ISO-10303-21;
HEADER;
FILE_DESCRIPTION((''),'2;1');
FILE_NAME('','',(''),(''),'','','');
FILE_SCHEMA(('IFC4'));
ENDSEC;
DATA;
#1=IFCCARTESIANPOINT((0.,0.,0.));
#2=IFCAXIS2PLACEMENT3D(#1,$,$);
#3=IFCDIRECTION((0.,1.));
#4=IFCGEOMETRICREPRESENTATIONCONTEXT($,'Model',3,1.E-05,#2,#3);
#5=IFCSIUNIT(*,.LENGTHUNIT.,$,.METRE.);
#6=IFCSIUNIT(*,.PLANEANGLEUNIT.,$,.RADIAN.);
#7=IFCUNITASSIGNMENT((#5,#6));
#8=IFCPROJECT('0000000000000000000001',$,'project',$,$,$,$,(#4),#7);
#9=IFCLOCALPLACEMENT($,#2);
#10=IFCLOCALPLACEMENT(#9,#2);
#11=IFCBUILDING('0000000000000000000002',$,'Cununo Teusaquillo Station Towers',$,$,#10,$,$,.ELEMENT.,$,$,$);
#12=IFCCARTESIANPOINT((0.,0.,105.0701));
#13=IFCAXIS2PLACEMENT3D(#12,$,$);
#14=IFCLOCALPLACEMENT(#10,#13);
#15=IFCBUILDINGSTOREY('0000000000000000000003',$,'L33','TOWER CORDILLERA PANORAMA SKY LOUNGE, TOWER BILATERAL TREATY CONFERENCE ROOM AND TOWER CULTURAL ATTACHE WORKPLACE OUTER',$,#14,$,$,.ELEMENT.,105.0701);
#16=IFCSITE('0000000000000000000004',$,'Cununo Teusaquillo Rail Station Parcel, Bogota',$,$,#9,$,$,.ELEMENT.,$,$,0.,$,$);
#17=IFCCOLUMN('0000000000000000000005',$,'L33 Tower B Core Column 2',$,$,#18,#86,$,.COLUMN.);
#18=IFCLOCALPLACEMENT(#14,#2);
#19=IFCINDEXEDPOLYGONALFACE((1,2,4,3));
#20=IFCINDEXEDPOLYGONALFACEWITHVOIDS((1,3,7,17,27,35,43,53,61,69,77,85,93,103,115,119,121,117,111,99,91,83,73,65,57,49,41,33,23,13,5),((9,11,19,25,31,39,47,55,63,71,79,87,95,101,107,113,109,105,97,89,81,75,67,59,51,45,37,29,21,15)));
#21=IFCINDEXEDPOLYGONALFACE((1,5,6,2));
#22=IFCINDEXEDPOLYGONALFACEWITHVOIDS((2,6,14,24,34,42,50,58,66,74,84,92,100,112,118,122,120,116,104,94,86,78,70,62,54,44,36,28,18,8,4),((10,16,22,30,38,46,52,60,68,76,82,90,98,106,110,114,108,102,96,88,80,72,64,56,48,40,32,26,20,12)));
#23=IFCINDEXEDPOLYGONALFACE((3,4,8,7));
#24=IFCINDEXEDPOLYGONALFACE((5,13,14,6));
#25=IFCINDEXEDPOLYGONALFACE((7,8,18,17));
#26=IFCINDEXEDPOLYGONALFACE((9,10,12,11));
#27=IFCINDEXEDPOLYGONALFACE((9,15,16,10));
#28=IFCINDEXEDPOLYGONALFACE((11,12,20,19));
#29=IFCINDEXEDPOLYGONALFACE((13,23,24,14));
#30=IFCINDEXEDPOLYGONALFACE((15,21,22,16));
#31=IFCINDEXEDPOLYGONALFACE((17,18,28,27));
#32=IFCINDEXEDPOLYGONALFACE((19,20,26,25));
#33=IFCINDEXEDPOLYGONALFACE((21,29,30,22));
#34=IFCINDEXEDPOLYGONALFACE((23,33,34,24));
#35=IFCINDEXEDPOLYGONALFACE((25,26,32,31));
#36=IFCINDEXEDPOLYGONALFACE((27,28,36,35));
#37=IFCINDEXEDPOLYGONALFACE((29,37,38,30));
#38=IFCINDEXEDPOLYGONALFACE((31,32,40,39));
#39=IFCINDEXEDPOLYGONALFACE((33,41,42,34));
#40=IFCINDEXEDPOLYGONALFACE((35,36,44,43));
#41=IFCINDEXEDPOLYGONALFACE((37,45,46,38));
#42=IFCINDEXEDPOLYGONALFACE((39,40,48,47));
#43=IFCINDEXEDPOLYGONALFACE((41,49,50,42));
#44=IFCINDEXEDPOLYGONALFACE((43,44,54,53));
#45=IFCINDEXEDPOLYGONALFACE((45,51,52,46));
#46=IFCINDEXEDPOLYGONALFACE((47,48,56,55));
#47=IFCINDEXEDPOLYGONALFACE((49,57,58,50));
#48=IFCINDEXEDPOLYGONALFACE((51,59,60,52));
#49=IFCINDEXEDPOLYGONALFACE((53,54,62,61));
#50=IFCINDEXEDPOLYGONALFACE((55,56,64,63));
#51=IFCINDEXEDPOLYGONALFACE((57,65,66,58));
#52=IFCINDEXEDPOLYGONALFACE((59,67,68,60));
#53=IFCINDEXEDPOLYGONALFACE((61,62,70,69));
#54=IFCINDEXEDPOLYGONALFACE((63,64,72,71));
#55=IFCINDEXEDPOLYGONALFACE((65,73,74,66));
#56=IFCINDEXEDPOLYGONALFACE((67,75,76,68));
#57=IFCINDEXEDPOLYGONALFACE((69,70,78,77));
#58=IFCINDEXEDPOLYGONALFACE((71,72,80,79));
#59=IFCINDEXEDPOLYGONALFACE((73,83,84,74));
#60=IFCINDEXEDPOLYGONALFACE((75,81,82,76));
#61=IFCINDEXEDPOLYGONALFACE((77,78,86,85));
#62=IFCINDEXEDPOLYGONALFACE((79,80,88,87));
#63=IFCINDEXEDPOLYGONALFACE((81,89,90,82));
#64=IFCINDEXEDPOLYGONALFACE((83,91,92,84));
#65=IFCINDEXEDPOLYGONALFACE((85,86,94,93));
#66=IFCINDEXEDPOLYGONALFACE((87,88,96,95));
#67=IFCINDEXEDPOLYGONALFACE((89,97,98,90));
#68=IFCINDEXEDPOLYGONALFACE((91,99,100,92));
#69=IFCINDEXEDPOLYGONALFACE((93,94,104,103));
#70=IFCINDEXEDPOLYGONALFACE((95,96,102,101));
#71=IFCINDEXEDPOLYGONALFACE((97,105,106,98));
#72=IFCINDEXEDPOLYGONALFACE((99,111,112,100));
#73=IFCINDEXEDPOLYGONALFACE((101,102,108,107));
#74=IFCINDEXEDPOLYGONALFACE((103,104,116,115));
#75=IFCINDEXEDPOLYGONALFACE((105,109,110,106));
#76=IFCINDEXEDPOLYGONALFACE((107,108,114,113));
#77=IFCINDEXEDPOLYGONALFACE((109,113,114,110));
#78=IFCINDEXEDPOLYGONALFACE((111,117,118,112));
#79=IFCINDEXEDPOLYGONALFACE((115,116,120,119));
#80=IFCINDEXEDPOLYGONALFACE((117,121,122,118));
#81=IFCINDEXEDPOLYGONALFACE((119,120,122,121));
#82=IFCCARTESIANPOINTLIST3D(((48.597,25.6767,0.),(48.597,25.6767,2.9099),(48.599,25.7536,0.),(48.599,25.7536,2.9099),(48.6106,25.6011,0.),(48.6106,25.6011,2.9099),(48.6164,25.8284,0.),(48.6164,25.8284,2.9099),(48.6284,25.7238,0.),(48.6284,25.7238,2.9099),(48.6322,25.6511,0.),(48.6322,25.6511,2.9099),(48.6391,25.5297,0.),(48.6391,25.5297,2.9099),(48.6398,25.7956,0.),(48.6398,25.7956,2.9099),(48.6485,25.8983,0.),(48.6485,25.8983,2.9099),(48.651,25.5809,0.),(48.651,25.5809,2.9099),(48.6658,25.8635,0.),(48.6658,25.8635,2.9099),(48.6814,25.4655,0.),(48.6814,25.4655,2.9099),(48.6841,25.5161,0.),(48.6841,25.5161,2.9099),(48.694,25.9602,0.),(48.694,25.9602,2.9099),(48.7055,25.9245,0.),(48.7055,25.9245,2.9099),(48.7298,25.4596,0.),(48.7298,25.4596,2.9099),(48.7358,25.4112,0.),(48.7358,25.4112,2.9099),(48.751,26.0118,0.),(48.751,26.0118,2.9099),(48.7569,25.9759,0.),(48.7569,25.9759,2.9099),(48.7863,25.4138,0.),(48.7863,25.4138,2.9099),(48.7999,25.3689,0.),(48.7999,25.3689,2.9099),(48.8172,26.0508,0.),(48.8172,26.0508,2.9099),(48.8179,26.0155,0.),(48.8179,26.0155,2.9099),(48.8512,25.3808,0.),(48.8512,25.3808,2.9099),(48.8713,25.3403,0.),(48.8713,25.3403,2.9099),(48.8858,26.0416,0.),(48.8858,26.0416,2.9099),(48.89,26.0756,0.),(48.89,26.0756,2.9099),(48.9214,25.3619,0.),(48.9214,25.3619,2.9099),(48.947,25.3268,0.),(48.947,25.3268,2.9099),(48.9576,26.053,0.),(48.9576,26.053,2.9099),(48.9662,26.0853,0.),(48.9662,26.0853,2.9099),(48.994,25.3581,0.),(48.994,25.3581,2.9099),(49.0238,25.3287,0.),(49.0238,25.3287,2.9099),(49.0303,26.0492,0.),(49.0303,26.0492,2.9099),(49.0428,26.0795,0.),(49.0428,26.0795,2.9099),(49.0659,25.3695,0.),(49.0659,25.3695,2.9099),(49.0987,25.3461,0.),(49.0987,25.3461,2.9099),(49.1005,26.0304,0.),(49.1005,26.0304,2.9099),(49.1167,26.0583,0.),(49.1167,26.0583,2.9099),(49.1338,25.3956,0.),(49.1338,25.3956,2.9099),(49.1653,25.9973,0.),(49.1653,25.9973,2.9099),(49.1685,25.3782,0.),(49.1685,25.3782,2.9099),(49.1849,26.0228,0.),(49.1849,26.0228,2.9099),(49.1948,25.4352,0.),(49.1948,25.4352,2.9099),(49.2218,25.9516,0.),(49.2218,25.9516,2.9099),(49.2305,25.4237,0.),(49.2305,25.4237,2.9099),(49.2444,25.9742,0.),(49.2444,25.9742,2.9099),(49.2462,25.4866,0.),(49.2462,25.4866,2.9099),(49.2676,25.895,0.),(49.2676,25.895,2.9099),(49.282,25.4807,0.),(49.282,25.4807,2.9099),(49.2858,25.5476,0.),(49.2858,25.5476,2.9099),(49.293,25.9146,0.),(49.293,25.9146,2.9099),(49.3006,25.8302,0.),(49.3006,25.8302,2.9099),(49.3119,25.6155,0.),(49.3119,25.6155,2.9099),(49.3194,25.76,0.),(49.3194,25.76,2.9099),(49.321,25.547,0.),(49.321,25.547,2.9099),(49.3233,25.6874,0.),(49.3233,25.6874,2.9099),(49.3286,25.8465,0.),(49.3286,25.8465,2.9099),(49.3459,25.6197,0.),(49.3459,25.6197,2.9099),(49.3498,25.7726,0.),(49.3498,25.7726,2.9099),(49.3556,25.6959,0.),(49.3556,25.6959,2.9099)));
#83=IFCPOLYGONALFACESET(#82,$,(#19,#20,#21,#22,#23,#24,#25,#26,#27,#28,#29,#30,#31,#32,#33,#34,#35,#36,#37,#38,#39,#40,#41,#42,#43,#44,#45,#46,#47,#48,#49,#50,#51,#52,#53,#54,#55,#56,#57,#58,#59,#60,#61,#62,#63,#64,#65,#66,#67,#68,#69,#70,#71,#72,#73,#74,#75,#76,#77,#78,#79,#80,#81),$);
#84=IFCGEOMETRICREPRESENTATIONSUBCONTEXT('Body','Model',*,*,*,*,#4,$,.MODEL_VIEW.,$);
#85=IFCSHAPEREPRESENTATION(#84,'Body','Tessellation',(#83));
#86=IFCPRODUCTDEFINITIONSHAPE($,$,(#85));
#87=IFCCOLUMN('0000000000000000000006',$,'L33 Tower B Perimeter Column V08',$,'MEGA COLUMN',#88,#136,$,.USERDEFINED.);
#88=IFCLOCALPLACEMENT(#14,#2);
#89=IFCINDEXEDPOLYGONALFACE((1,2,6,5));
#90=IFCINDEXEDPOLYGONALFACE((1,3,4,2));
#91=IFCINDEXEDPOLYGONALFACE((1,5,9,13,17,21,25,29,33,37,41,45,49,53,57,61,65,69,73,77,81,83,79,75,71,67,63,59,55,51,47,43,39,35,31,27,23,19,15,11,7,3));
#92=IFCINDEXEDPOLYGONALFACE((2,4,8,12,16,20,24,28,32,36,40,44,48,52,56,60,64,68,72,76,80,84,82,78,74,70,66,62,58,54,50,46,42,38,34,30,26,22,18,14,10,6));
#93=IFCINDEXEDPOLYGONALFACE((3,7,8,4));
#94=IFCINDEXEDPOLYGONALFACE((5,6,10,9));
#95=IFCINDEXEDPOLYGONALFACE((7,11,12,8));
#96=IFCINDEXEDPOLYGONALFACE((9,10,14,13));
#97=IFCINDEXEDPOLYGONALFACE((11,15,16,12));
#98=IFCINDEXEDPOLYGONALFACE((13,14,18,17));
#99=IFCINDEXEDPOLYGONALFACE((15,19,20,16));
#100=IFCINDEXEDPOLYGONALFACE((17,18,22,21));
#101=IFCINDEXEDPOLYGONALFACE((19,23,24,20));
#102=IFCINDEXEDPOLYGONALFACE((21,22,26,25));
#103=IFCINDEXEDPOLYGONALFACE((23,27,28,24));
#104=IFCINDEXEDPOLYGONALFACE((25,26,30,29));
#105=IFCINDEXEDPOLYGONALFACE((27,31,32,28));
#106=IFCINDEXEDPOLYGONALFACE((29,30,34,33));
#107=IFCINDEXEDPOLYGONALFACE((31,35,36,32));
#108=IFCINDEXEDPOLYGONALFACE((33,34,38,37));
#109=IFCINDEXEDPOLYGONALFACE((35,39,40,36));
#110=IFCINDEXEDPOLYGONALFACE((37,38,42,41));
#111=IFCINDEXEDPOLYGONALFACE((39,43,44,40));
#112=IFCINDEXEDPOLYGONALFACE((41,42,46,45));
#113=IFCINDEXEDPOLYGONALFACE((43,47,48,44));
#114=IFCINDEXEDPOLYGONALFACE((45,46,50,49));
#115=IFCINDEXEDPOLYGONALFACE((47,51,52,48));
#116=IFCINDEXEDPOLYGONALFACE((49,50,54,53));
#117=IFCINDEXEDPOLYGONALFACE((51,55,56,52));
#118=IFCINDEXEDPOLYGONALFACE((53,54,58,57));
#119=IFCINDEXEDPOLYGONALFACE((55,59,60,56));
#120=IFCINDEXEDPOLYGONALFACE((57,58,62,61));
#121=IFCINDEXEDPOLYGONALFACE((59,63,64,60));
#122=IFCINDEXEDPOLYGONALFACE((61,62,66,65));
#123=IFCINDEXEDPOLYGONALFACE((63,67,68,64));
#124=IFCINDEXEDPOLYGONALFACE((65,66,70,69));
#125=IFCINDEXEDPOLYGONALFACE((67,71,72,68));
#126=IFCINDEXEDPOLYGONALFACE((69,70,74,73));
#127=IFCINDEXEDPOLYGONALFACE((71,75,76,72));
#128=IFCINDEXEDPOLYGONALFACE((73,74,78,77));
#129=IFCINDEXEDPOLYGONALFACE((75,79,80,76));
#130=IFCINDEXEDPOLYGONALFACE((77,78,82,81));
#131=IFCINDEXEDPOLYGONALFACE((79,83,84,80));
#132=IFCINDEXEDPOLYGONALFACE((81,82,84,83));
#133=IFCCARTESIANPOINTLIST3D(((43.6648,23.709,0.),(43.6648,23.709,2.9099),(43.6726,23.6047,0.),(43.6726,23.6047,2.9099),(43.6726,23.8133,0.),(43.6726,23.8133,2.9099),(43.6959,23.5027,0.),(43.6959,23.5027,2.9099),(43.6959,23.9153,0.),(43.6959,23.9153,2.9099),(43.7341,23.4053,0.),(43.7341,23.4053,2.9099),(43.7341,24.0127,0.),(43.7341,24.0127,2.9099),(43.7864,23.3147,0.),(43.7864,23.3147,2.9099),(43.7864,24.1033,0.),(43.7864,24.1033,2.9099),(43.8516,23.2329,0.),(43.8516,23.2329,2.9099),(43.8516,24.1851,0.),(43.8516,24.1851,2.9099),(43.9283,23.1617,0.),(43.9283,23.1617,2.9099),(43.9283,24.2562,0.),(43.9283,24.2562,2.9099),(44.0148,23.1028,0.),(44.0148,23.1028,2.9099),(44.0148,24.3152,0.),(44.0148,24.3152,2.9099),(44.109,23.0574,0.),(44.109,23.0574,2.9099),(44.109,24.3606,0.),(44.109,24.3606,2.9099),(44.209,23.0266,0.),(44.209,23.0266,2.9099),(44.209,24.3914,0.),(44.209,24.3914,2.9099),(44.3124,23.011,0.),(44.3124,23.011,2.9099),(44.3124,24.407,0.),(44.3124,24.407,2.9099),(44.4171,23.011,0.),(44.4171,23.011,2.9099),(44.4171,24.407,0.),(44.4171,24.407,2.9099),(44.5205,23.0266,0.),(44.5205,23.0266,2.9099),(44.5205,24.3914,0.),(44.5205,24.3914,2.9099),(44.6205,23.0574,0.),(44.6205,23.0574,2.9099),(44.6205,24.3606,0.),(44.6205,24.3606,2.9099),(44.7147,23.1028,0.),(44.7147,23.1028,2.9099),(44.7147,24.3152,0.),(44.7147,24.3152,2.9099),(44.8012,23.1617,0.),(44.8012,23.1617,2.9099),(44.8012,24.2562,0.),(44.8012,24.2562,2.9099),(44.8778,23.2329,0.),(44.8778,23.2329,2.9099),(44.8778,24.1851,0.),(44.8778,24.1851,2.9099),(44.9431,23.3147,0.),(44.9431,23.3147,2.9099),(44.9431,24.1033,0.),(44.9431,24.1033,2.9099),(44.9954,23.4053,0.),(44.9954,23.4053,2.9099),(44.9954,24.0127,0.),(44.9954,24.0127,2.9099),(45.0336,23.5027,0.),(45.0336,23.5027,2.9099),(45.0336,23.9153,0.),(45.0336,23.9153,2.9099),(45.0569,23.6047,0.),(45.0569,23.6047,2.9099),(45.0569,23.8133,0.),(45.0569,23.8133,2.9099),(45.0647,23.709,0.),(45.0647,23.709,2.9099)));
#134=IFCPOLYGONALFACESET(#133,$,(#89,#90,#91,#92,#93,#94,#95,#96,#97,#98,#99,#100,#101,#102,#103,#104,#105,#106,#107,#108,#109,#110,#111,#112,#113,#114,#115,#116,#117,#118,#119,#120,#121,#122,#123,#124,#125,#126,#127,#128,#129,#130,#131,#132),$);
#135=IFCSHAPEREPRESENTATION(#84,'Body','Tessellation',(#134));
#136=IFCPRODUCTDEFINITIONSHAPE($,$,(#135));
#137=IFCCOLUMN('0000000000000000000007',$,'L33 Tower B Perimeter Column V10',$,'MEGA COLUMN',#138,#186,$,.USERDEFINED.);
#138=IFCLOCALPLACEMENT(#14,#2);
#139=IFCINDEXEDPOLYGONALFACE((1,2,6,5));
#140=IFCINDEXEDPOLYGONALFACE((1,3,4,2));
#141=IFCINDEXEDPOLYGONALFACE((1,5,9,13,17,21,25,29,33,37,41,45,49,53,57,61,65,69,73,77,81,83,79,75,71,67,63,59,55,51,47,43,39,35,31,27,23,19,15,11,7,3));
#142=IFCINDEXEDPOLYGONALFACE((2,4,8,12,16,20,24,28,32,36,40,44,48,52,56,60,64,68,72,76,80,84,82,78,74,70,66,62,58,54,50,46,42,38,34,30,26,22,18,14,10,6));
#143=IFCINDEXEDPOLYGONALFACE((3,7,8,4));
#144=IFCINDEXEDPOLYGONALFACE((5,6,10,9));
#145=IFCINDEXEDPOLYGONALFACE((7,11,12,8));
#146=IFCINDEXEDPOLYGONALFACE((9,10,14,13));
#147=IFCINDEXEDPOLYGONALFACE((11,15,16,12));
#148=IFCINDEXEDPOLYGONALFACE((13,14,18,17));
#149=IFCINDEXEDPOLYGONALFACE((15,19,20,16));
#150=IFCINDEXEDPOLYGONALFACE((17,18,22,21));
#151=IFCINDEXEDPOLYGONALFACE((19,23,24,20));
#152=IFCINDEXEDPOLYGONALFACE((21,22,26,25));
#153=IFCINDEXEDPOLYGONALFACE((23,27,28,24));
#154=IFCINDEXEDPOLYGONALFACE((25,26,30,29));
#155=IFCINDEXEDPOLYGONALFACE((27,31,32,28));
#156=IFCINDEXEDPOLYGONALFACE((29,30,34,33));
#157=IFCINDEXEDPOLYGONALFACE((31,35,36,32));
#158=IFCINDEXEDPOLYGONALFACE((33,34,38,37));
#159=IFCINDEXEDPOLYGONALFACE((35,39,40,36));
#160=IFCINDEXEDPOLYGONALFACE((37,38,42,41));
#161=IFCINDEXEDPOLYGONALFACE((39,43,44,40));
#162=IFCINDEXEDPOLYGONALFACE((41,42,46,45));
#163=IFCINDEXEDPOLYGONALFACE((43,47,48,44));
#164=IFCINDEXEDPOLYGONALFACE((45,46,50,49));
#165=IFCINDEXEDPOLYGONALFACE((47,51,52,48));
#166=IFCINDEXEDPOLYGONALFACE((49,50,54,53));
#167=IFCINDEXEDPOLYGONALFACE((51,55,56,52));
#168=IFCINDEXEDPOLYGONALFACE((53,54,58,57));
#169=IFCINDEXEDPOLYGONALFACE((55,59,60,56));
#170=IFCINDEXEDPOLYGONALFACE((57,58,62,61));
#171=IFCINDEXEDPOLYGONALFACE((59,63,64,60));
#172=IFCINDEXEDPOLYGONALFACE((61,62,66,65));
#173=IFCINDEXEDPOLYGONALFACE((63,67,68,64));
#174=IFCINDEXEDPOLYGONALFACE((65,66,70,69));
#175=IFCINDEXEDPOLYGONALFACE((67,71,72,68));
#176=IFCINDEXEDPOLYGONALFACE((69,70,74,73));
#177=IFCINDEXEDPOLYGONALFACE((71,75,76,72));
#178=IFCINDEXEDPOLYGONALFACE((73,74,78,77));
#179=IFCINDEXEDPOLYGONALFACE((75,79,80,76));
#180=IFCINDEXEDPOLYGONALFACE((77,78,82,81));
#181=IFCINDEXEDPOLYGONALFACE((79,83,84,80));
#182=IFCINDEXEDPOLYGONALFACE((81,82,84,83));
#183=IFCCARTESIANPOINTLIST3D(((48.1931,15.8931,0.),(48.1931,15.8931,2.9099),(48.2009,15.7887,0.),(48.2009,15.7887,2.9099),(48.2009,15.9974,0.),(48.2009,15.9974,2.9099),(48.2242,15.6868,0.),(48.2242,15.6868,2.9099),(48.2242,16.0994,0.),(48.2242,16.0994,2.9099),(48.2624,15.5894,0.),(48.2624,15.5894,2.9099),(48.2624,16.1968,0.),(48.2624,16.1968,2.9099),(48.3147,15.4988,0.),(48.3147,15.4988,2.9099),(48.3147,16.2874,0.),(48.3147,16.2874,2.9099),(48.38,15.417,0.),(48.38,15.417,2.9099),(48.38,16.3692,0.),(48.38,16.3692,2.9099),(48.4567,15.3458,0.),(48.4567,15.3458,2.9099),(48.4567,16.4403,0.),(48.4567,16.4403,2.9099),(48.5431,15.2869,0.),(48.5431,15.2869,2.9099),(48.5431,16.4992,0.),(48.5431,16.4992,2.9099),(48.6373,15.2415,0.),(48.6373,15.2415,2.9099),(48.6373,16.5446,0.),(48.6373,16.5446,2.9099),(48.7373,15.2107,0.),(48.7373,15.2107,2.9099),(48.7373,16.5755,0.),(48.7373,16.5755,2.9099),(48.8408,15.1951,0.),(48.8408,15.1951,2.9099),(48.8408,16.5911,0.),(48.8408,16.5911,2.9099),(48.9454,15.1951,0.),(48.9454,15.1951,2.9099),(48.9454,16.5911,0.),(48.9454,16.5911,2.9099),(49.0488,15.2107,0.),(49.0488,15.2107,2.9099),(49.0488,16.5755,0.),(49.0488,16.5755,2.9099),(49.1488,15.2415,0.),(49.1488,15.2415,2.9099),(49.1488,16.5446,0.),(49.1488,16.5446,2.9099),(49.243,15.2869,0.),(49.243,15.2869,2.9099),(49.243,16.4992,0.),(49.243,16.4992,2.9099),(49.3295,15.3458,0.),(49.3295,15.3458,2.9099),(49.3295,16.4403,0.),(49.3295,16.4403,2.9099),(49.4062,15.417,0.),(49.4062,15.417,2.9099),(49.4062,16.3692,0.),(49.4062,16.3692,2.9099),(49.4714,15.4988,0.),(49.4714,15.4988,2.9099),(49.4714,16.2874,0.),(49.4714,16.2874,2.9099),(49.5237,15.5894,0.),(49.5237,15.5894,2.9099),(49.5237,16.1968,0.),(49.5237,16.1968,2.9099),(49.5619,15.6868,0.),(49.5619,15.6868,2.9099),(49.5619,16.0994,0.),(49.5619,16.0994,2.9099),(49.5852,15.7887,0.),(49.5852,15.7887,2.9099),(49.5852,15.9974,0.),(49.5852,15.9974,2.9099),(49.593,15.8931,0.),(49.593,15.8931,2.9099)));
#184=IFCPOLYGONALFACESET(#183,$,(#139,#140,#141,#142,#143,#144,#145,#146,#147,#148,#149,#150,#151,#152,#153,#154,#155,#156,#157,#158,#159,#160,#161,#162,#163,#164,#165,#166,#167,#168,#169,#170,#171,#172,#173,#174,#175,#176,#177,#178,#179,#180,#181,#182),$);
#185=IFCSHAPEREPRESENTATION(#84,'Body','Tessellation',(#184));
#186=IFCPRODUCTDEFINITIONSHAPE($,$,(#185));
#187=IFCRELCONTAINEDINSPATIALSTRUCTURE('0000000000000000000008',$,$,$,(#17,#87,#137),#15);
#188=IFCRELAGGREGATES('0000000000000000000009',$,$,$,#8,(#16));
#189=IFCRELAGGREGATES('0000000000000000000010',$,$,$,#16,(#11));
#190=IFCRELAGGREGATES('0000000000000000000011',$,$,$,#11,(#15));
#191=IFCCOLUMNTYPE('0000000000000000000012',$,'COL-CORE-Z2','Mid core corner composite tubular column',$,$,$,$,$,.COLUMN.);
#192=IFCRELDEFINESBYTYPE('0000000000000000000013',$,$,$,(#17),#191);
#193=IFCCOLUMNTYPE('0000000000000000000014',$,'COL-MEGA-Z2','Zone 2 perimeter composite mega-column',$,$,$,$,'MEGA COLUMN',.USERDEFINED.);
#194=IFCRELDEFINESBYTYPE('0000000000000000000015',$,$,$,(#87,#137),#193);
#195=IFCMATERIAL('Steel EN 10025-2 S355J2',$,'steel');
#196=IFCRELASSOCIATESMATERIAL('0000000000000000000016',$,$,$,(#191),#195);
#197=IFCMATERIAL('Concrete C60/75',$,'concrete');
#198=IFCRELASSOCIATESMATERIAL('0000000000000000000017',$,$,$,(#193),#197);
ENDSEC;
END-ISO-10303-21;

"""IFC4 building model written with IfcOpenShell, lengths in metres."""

from ifc_helpers import new_model, si_unit, direction, frame, origin, origin_2d, place, context, subcontext, project, spatial, circle, hollow_circle, extrude, material, material_profile, profile_set, type_object, element, save


model = new_model("IFC4")

# Units and contexts
model_context = context("Model", 3, precision=1e-05, world=origin(), true_north=direction((0.0, 1.0)))
body_context = subcontext(model_context, "Body", "Model", "MODEL_VIEW")
ifc_project = project(units=[si_unit("LENGTHUNIT", "METRE"), si_unit("PLANEANGLEUNIT", "RADIAN")], contexts=[model_context])

# Site, building, storey
site_placement = place(None, origin())
site = spatial("IfcSite", under=ifc_project, at=site_placement, Name="Cununo Teusaquillo Rail Station Parcel, Bogota", CompositionType="ELEMENT", RefElevation=0.0)
building_placement = place(site_placement, origin())
building = spatial("IfcBuilding", under=site, at=building_placement, Name="Cununo Teusaquillo Station Towers", CompositionType="ELEMENT")
storey_placement = place(building_placement, frame((0.0, 0.0, 105.0701)))
storey = spatial("IfcBuildingStorey", under=building, at=storey_placement, Name="L33", Description="TOWER CORDILLERA PANORAMA SKY LOUNGE, TOWER BILATERAL TREATY CONFERENCE ROOM AND TOWER CULTURAL ATTACHE WORKPLACE OUTER", CompositionType="ELEMENT", Elevation=105.0701)

# Columns
ifc_material_1 = material(Name="Steel EN 10025-2 S355J2", Category="steel")
ifc_material_profile_1 = material_profile(ifc_material_1, hollow_circle(Radius=0.3799, WallThickness=0.032, at=origin_2d()), Name="CHS 760x32")
ifc_profile_set_1 = profile_set([ifc_material_profile_1], Name="Steel EN 10025-2 S355J2")
column_type_1 = type_object("IfcColumnType", Name="COL-CORE-Z2", Description="Mid core corner composite tubular column", PredefinedType="COLUMN", material=ifc_profile_set_1)
column_placement = place(storey_placement, frame((48.9758, 25.7056, 0.0), z_axis=(0.0, 0.0, 1.0), x_axis=(0.707107, 0.707107, 0.0)))
element("IfcColumn", 1, at=column_placement, inside=storey, type_object=column_type_1, Name="L33 Tower B Core Column 2", PredefinedType="COLUMN", context=body_context, shape_type="SweptSolid", body=[
    extrude(hollow_circle(Radius=0.3799, WallThickness=0.032, at=origin_2d()), origin(), (0.0, 0.0, 1.0), 2.9099),
])
ifc_material_2 = material(Name="Concrete C60/75", Category="concrete")
ifc_material_profile_2 = material_profile(ifc_material_2, circle(Radius=0.7, at=origin_2d()), Name="RC-CIRC-1400")
ifc_profile_set_2 = profile_set([ifc_material_profile_2], Name="Concrete C60/75")
column_type_2 = type_object("IfcColumnType", Name="COL-MEGA-Z2", Description="Zone 2 perimeter composite mega-column", ElementType="MEGA COLUMN", PredefinedType="USERDEFINED", material=ifc_profile_set_2)
for number, where, z_axis, x_axis, name in (
    (2, (44.3647, 23.709, 0.0), (0.0, 0.0, 1.0), (1.0, 0.0, 0.0), "L33 Tower B Perimeter Column V08"),
    (3, (48.8931, 15.8931, 0.0), (0.0, 0.0, 1.0), (1.0, 0.0, 0.0), "L33 Tower B Perimeter Column V10"),
):
    element("IfcColumn", number, at=place(storey_placement, frame(where, z_axis=z_axis, x_axis=x_axis)), inside=storey, type_object=column_type_2, Name=name, ObjectType="MEGA COLUMN", PredefinedType="USERDEFINED", context=body_context, shape_type="SweptSolid", body=[
        extrude(circle(Radius=0.7, at=origin_2d()), origin(), (0.0, 0.0, 1.0), 2.9099),
    ])

save(model, "model.ifc")
